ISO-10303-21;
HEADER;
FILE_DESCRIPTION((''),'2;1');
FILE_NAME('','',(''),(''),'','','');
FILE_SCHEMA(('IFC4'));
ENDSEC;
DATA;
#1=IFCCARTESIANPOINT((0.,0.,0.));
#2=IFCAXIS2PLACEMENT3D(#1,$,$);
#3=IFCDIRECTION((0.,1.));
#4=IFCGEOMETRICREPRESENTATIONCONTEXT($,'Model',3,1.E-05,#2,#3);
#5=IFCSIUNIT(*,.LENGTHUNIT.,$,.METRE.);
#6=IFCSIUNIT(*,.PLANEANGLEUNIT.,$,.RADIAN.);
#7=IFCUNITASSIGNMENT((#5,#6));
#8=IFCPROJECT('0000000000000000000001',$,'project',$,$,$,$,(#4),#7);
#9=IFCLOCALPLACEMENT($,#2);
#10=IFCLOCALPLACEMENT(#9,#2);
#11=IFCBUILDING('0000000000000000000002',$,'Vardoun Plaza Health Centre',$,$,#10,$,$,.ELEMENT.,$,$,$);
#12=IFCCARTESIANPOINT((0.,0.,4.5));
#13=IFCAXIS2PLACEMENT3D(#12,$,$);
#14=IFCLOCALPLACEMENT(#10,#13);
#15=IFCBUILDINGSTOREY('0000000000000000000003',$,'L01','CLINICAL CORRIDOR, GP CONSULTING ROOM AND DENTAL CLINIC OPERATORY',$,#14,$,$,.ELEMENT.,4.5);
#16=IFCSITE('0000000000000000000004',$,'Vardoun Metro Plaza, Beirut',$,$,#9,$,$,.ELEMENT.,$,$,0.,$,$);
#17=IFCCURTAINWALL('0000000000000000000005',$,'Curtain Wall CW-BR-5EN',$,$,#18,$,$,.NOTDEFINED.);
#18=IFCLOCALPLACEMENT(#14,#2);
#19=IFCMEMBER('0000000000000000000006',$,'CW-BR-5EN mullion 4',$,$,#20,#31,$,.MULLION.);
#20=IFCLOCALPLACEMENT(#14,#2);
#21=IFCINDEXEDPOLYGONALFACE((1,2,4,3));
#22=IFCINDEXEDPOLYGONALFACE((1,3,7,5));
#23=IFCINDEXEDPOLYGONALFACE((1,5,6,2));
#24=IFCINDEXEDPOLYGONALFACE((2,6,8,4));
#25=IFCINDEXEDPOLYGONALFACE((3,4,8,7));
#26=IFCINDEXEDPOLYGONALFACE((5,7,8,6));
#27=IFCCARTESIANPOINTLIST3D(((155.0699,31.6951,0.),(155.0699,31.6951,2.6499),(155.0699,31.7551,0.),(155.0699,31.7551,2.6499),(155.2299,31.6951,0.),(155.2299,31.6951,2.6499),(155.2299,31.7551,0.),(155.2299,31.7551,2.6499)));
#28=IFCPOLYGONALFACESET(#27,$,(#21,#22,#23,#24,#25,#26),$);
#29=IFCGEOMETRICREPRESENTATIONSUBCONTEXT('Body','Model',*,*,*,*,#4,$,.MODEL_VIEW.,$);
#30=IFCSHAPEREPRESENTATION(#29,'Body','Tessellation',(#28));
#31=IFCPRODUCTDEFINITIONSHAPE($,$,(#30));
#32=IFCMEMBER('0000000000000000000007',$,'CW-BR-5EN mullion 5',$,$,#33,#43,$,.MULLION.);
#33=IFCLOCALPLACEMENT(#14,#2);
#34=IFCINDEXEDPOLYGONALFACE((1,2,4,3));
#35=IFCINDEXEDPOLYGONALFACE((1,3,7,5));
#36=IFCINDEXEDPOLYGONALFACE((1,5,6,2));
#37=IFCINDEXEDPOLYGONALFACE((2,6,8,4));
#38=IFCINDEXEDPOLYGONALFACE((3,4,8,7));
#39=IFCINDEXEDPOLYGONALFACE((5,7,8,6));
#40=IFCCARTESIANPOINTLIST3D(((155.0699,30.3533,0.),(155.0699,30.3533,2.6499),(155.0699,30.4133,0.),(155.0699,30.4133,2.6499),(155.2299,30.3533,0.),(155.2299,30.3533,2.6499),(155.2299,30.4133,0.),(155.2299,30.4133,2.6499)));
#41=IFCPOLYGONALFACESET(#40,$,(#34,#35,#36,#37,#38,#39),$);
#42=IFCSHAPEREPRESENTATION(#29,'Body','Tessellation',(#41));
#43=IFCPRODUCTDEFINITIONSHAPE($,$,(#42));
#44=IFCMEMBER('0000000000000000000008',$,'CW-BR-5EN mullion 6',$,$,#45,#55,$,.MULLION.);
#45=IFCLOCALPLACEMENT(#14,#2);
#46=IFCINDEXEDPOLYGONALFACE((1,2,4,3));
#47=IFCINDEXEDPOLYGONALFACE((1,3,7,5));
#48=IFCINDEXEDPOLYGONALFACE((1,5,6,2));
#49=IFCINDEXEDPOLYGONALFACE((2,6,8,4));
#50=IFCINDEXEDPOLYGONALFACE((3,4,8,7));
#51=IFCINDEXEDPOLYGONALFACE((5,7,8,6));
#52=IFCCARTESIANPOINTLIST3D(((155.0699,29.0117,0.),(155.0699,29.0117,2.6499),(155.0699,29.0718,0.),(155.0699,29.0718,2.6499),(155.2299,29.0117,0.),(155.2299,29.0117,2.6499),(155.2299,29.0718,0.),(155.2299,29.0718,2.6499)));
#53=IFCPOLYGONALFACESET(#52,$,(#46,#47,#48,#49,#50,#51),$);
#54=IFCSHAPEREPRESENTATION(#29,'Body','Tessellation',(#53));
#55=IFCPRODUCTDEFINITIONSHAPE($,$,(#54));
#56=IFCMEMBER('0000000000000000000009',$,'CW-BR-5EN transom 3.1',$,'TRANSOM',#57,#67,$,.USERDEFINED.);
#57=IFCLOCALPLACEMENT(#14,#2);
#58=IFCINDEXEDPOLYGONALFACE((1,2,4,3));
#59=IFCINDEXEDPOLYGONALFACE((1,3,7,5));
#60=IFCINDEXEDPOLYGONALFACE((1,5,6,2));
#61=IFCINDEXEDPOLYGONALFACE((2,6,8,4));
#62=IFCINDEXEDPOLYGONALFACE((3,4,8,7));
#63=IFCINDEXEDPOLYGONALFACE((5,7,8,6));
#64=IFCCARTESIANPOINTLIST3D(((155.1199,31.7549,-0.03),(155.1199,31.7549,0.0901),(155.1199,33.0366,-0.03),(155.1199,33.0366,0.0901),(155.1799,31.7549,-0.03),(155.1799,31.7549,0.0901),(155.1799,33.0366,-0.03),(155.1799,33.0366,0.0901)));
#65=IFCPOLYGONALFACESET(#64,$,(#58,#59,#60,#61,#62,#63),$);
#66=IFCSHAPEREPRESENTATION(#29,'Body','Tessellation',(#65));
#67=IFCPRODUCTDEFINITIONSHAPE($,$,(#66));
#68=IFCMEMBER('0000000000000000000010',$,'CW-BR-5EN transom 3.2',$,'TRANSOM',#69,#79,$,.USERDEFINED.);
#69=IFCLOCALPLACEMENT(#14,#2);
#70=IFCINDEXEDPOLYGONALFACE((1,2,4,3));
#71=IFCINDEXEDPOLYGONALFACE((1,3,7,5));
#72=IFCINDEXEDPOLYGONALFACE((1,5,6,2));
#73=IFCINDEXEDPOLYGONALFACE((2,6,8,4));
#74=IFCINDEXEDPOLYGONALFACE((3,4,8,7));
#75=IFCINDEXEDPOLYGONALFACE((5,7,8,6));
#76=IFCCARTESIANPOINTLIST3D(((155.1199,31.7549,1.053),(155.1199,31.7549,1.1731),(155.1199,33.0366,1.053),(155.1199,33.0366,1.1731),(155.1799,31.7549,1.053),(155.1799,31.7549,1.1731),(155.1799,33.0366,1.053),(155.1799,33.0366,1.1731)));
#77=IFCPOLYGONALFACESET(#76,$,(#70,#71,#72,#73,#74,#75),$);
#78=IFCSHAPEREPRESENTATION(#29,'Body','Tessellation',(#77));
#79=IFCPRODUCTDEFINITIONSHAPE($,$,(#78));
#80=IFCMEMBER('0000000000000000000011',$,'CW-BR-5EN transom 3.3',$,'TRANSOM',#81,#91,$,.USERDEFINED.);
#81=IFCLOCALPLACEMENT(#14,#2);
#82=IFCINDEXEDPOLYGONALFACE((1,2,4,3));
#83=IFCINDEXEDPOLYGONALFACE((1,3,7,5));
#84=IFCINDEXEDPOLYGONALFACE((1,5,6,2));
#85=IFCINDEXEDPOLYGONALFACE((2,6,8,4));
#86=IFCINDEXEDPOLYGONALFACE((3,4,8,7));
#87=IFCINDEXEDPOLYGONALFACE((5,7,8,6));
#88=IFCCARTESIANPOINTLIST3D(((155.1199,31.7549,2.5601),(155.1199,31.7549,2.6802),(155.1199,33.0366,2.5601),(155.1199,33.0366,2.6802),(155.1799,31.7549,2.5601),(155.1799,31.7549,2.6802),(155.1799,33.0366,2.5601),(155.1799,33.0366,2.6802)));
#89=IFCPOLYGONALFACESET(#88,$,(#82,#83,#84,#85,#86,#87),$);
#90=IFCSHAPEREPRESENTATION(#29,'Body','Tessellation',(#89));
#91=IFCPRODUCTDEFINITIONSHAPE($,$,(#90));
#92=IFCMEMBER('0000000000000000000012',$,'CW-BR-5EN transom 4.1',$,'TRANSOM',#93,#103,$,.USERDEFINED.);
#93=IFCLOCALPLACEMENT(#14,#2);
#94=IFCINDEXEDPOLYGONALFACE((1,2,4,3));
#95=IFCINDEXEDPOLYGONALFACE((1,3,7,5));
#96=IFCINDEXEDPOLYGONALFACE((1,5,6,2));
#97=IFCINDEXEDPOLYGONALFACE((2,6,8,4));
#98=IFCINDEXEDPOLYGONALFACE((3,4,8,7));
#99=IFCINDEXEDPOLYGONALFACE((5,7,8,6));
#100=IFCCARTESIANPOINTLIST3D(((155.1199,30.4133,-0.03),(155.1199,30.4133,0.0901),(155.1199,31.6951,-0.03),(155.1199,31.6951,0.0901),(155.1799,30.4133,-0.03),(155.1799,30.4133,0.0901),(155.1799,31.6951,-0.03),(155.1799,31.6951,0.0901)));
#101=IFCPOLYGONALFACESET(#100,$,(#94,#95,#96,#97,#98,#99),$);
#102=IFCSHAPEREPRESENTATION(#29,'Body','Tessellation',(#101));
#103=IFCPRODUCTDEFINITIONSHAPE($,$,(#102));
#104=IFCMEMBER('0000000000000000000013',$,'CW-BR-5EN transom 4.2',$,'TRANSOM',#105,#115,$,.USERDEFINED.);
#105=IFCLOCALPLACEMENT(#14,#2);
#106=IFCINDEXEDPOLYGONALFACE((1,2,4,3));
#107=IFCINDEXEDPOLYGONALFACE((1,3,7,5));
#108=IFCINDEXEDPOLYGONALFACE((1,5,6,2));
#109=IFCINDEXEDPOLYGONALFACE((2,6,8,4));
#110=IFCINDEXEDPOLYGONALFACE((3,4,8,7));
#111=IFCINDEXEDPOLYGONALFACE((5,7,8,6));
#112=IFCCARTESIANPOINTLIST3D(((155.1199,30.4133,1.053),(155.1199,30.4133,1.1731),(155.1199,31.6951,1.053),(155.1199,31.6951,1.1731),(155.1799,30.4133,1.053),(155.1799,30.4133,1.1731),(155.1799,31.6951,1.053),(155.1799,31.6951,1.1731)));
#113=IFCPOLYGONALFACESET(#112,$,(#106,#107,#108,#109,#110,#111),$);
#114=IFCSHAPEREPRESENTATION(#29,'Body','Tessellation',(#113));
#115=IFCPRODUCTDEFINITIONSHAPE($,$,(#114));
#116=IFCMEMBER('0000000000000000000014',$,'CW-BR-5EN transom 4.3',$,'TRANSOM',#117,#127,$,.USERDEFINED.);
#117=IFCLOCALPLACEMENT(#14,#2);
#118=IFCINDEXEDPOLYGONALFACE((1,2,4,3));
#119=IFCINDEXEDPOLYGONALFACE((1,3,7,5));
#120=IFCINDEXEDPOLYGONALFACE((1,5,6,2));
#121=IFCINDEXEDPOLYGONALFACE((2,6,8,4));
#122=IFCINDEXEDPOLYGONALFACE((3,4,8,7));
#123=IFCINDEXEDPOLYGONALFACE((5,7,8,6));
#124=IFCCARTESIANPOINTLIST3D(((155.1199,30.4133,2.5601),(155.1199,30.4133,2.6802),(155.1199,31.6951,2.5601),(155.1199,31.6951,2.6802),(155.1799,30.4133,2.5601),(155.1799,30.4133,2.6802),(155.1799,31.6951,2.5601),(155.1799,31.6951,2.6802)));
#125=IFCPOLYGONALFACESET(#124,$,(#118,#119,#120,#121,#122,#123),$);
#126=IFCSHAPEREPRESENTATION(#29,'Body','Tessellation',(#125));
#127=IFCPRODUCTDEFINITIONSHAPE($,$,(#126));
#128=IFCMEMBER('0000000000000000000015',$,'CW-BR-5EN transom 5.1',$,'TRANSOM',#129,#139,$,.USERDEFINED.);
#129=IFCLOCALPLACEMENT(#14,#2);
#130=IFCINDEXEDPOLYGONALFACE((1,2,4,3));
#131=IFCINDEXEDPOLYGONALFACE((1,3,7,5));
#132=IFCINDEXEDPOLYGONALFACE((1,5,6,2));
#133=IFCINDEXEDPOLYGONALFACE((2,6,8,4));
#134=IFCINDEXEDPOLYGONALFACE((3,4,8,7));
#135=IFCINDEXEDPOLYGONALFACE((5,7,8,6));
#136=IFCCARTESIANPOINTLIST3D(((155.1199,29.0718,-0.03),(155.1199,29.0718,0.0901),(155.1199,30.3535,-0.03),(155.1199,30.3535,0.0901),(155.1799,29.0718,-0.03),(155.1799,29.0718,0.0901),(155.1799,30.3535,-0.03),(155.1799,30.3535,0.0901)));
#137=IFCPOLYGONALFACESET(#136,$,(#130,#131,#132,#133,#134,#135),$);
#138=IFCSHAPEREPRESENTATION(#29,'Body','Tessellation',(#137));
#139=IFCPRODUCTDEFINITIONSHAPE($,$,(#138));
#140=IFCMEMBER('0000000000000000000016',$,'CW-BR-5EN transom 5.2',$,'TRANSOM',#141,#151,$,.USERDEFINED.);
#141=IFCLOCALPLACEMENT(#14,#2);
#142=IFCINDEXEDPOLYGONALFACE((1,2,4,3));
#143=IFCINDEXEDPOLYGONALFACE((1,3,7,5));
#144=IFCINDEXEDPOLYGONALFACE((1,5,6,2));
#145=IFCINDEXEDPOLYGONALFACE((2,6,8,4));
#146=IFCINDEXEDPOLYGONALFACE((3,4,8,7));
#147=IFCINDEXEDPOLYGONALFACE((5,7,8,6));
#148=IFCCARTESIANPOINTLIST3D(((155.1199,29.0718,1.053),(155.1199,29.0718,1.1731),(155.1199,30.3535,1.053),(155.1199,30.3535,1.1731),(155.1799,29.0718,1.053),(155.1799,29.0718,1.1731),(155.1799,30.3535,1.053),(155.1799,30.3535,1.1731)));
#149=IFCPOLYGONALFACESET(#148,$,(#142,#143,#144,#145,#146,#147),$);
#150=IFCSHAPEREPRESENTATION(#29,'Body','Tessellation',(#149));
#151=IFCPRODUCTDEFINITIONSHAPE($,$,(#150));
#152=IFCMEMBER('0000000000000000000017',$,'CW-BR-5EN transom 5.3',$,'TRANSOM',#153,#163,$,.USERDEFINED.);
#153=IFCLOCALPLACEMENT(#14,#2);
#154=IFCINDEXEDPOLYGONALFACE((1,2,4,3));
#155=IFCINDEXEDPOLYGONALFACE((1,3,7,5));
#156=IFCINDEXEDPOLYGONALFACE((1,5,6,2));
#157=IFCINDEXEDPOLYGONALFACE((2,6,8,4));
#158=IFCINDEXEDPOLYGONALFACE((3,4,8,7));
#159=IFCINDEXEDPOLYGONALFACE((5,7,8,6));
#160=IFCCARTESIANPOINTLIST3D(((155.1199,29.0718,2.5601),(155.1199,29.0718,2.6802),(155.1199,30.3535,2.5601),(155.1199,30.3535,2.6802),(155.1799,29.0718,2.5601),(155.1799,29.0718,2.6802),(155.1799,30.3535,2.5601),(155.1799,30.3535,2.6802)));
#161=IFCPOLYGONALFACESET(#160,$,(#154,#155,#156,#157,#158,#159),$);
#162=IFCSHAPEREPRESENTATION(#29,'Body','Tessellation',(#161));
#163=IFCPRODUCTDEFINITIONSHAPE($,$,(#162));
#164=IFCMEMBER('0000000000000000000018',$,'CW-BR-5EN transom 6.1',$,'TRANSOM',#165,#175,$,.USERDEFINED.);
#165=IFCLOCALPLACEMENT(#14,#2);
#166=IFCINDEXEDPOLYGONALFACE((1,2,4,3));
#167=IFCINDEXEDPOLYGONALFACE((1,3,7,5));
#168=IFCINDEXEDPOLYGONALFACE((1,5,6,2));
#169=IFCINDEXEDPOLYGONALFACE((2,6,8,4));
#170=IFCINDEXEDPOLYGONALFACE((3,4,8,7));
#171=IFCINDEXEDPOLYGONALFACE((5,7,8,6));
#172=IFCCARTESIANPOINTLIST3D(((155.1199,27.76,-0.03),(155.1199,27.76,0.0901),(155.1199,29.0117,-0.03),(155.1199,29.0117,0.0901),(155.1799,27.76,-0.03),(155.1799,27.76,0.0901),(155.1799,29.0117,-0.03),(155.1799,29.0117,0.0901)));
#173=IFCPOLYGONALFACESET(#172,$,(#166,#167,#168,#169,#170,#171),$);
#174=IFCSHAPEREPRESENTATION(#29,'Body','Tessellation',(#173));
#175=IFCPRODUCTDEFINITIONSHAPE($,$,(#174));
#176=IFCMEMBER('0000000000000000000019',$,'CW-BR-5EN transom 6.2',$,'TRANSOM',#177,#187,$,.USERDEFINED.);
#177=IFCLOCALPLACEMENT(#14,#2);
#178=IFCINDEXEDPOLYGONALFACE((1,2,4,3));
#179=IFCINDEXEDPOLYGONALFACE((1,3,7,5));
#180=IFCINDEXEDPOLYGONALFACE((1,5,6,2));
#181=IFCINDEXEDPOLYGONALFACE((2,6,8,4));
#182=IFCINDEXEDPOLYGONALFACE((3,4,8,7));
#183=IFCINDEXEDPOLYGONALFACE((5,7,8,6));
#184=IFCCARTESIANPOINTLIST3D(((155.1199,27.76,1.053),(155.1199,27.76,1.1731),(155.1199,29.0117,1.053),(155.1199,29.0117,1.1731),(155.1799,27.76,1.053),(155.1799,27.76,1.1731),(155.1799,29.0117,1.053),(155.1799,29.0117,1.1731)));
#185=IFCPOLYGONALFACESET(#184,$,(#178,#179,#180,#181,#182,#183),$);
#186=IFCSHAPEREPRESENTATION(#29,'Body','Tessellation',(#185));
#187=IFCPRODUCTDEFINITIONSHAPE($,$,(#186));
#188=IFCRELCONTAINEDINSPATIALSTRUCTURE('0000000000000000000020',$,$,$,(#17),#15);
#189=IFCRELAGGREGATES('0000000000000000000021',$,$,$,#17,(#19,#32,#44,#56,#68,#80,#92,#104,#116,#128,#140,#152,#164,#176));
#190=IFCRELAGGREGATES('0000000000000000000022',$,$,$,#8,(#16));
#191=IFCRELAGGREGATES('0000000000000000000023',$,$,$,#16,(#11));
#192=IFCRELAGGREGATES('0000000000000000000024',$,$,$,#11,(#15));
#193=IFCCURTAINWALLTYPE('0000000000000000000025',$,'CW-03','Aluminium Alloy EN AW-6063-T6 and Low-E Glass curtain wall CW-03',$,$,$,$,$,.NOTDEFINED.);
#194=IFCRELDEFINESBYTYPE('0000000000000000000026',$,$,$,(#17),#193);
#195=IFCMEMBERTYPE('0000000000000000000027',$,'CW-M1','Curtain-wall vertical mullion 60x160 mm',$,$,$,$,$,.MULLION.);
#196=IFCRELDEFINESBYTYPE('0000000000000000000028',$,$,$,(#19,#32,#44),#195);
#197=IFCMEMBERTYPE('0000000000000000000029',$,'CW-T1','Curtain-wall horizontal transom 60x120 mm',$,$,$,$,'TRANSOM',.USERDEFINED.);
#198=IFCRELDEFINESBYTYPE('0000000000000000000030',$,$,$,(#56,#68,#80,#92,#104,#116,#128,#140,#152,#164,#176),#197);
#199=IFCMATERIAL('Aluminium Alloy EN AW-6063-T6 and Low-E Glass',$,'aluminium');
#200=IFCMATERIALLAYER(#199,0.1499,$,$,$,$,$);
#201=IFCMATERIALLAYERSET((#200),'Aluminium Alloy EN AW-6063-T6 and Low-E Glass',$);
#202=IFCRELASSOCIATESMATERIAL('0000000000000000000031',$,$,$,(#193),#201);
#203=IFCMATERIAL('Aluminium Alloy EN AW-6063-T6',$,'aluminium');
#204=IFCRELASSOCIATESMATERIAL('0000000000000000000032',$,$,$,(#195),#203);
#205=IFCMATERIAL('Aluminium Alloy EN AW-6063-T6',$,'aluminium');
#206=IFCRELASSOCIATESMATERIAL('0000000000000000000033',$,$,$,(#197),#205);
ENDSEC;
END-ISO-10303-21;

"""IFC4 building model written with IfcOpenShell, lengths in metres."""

from ifc_helpers import new_model, si_unit, direction, frame, origin, origin_2d, place, context, subcontext, project, spatial, rectangle, extrude, material, layer, layer_set, material_profile, profile_set, type_object, element, aggregate, save


model = new_model("IFC4")

# Units and contexts
model_context = context("Model", 3, precision=1e-05, world=origin(), true_north=direction((0.0, 1.0)))
body_context = subcontext(model_context, "Body", "Model", "MODEL_VIEW")
ifc_project = project(units=[si_unit("LENGTHUNIT", "METRE"), si_unit("PLANEANGLEUNIT", "RADIAN")], contexts=[model_context])

# Site, building, storey
site_placement = place(None, origin())
site = spatial("IfcSite", under=ifc_project, at=site_placement, Name="Vardoun Metro Plaza, Beirut", CompositionType="ELEMENT", RefElevation=0.0)
building_placement = place(site_placement, origin())
building = spatial("IfcBuilding", under=site, at=building_placement, Name="Vardoun Plaza Health Centre", CompositionType="ELEMENT")
storey_placement = place(building_placement, frame((0.0, 0.0, 4.5)))
storey = spatial("IfcBuildingStorey", under=building, at=storey_placement, Name="L01", Description="CLINICAL CORRIDOR, GP CONSULTING ROOM AND DENTAL CLINIC OPERATORY", CompositionType="ELEMENT", Elevation=4.5)

# Curtain wall, members
ifc_material_1 = material(Name="Aluminium Alloy EN AW-6063-T6 and Low-E Glass", Category="aluminium")
ifc_layer_1 = layer(ifc_material_1, 0.1499)
ifc_layer_set_1 = layer_set([ifc_layer_1], Name="Aluminium Alloy EN AW-6063-T6 and Low-E Glass")
curtain_wall_type = type_object("IfcCurtainWallType", Name="CW-03", Description="Aluminium Alloy EN AW-6063-T6 and Low-E Glass curtain wall CW-03", PredefinedType="NOTDEFINED", material=ifc_layer_set_1)
curtain_wall_placement = place(storey_placement, origin())
curtain_wall = element("IfcCurtainWall", 1, at=curtain_wall_placement, inside=storey, type_object=curtain_wall_type, Name="Curtain Wall CW-BR-5EN", PredefinedType="NOTDEFINED")
ifc_material_2 = material(Name="Aluminium Alloy EN AW-6063-T6", Category="aluminium")
ifc_material_profile_1 = material_profile(ifc_material_2, rectangle(XDim=0.1599, YDim=0.0601, at=origin_2d()), Name="CWM 60x160")
ifc_profile_set_1 = profile_set([ifc_material_profile_1], Name="Aluminium Alloy EN AW-6063-T6")
member_type_1 = type_object("IfcMemberType", Name="CW-M1", Description="Curtain-wall vertical mullion 60x160 mm", PredefinedType="MULLION", material=ifc_profile_set_1)
member_1_placement = place(storey_placement, frame((155.1499, 31.7251, 0.0), z_axis=(0.0, 0.0, 1.0), x_axis=(1.0, 0.0, 0.0)))
member_1 = element("IfcMember", 2, at=member_1_placement, type_object=member_type_1, Name="CW-BR-5EN mullion 4", PredefinedType="MULLION", context=body_context, shape_type="SweptSolid", body=[
    extrude(rectangle(XDim=0.1599, YDim=0.0601, at=origin_2d()), origin(), (0.0, 0.0, 1.0), 2.6499),
])
member_2_placement = place(storey_placement, frame((155.1499, 30.3833, 0.0), z_axis=(0.0, 0.0, 1.0), x_axis=(1.0, 0.0, 0.0)))
member_2 = element("IfcMember", 3, at=member_2_placement, type_object=member_type_1, Name="CW-BR-5EN mullion 5", PredefinedType="MULLION", context=body_context, shape_type="SweptSolid", body=[
    extrude(rectangle(XDim=0.1599, YDim=0.0601, at=origin_2d()), origin(), (0.0, 0.0, 1.0), 2.6499),
])
member_3_placement = place(storey_placement, frame((155.1499, 29.0417, 0.0), z_axis=(0.0, 0.0, 1.0), x_axis=(1.0, 0.0, 0.0)))
member_3 = element("IfcMember", 4, at=member_3_placement, type_object=member_type_1, Name="CW-BR-5EN mullion 6", PredefinedType="MULLION", context=body_context, shape_type="SweptSolid", body=[
    extrude(rectangle(XDim=0.1599, YDim=0.0601, at=origin_2d()), origin(), (0.0, 0.0, 1.0), 2.6499),
])
ifc_material_3 = material(Name="Aluminium Alloy EN AW-6063-T6", Category="aluminium")
ifc_material_profile_2 = material_profile(ifc_material_3, rectangle(XDim=0.0601, YDim=0.1201, at=origin_2d()), Name="CWT 60x120")
ifc_profile_set_2 = profile_set([ifc_material_profile_2], Name="Aluminium Alloy EN AW-6063-T6")
member_type_2 = type_object("IfcMemberType", Name="CW-T1", Description="Curtain-wall horizontal transom 60x120 mm", ElementType="TRANSOM", PredefinedType="USERDEFINED", material=ifc_profile_set_2)
member_4_placement = place(storey_placement, frame((155.1499, 33.0366, 0.03), z_axis=(0.0, -1.0, 0.0), x_axis=(1.0, 0.0, 0.0)))
member_4 = element("IfcMember", 5, at=member_4_placement, type_object=member_type_2, Name="CW-BR-5EN transom 3.1", ObjectType="TRANSOM", PredefinedType="USERDEFINED", context=body_context, shape_type="SweptSolid", body=[
    extrude(rectangle(XDim=0.0601, YDim=0.1201, at=origin_2d()), origin(), (0.0, 0.0, 1.0), 1.2817),
])
member_5_placement = place(storey_placement, frame((155.1499, 33.0366, 1.113), z_axis=(0.0, -1.0, 0.0), x_axis=(1.0, 0.0, 0.0)))
member_5 = element("IfcMember", 6, at=member_5_placement, type_object=member_type_2, Name="CW-BR-5EN transom 3.2", ObjectType="TRANSOM", PredefinedType="USERDEFINED", context=body_context, shape_type="SweptSolid", body=[
    extrude(rectangle(XDim=0.0601, YDim=0.1201, at=origin_2d()), origin(), (0.0, 0.0, 1.0), 1.2817),
])
member_6_placement = place(storey_placement, frame((155.1499, 33.0366, 2.6201), z_axis=(0.0, -1.0, 0.0), x_axis=(1.0, 0.0, 0.0)))
member_6 = element("IfcMember", 7, at=member_6_placement, type_object=member_type_2, Name="CW-BR-5EN transom 3.3", ObjectType="TRANSOM", PredefinedType="USERDEFINED", context=body_context, shape_type="SweptSolid", body=[
    extrude(rectangle(XDim=0.0601, YDim=0.1201, at=origin_2d()), origin(), (0.0, 0.0, 1.0), 1.2817),
])
member_7_placement = place(storey_placement, frame((155.1499, 31.6951, 0.03), z_axis=(0.0, -1.0, 0.0), x_axis=(1.0, 0.0, 0.0)))
member_7 = element("IfcMember", 8, at=member_7_placement, type_object=member_type_2, Name="CW-BR-5EN transom 4.1", ObjectType="TRANSOM", PredefinedType="USERDEFINED", context=body_context, shape_type="SweptSolid", body=[
    extrude(rectangle(XDim=0.0601, YDim=0.1201, at=origin_2d()), origin(), (0.0, 0.0, 1.0), 1.2817),
])
member_8_placement = place(storey_placement, frame((155.1499, 31.6951, 1.113), z_axis=(0.0, -1.0, 0.0), x_axis=(1.0, 0.0, 0.0)))
member_8 = element("IfcMember", 9, at=member_8_placement, type_object=member_type_2, Name="CW-BR-5EN transom 4.2", ObjectType="TRANSOM", PredefinedType="USERDEFINED", context=body_context, shape_type="SweptSolid", body=[
    extrude(rectangle(XDim=0.0601, YDim=0.1201, at=origin_2d()), origin(), (0.0, 0.0, 1.0), 1.2817),
])
member_9_placement = place(storey_placement, frame((155.1499, 31.6951, 2.6201), z_axis=(0.0, -1.0, 0.0), x_axis=(1.0, 0.0, 0.0)))
member_9 = element("IfcMember", 10, at=member_9_placement, type_object=member_type_2, Name="CW-BR-5EN transom 4.3", ObjectType="TRANSOM", PredefinedType="USERDEFINED", context=body_context, shape_type="SweptSolid", body=[
    extrude(rectangle(XDim=0.0601, YDim=0.1201, at=origin_2d()), origin(), (0.0, 0.0, 1.0), 1.2817),
])
member_10_placement = place(storey_placement, frame((155.1499, 30.3535, 0.03), z_axis=(0.0, -1.0, 0.0), x_axis=(1.0, 0.0, 0.0)))
member_10 = element("IfcMember", 11, at=member_10_placement, type_object=member_type_2, Name="CW-BR-5EN transom 5.1", ObjectType="TRANSOM", PredefinedType="USERDEFINED", context=body_context, shape_type="SweptSolid", body=[
    extrude(rectangle(XDim=0.0601, YDim=0.1201, at=origin_2d()), origin(), (0.0, 0.0, 1.0), 1.2817),
])
member_11_placement = place(storey_placement, frame((155.1499, 30.3535, 1.113), z_axis=(0.0, -1.0, 0.0), x_axis=(1.0, 0.0, 0.0)))
member_11 = element("IfcMember", 12, at=member_11_placement, type_object=member_type_2, Name="CW-BR-5EN transom 5.2", ObjectType="TRANSOM", PredefinedType="USERDEFINED", context=body_context, shape_type="SweptSolid", body=[
    extrude(rectangle(XDim=0.0601, YDim=0.1201, at=origin_2d()), origin(), (0.0, 0.0, 1.0), 1.2817),
])
member_12_placement = place(storey_placement, frame((155.1499, 30.3535, 2.6201), z_axis=(0.0, -1.0, 0.0), x_axis=(1.0, 0.0, 0.0)))
member_12 = element("IfcMember", 13, at=member_12_placement, type_object=member_type_2, Name="CW-BR-5EN transom 5.3", ObjectType="TRANSOM", PredefinedType="USERDEFINED", context=body_context, shape_type="SweptSolid", body=[
    extrude(rectangle(XDim=0.0601, YDim=0.1201, at=origin_2d()), origin(), (0.0, 0.0, 1.0), 1.2817),
])
member_13_placement = place(storey_placement, frame((155.1499, 29.0117, 0.03), z_axis=(0.0, -1.0, 0.0), x_axis=(1.0, 0.0, 0.0)))
member_13 = element("IfcMember", 14, at=member_13_placement, type_object=member_type_2, Name="CW-BR-5EN transom 6.1", ObjectType="TRANSOM", PredefinedType="USERDEFINED", context=body_context, shape_type="SweptSolid", body=[
    extrude(rectangle(XDim=0.0601, YDim=0.1201, at=origin_2d()), origin(), (0.0, 0.0, 1.0), 1.2517),
])
member_14_placement = place(storey_placement, frame((155.1499, 29.0117, 1.113), z_axis=(0.0, -1.0, 0.0), x_axis=(1.0, 0.0, 0.0)))
member_14 = element("IfcMember", 15, at=member_14_placement, type_object=member_type_2, Name="CW-BR-5EN transom 6.2", ObjectType="TRANSOM", PredefinedType="USERDEFINED", context=body_context, shape_type="SweptSolid", body=[
    extrude(rectangle(XDim=0.0601, YDim=0.1201, at=origin_2d()), origin(), (0.0, 0.0, 1.0), 1.2517),
])
aggregate(curtain_wall, [member_1, member_2, member_3, member_4, member_5, member_6, member_7, member_8, member_9, member_10, member_11, member_12, member_13, member_14])

save(model, "model.ifc")
